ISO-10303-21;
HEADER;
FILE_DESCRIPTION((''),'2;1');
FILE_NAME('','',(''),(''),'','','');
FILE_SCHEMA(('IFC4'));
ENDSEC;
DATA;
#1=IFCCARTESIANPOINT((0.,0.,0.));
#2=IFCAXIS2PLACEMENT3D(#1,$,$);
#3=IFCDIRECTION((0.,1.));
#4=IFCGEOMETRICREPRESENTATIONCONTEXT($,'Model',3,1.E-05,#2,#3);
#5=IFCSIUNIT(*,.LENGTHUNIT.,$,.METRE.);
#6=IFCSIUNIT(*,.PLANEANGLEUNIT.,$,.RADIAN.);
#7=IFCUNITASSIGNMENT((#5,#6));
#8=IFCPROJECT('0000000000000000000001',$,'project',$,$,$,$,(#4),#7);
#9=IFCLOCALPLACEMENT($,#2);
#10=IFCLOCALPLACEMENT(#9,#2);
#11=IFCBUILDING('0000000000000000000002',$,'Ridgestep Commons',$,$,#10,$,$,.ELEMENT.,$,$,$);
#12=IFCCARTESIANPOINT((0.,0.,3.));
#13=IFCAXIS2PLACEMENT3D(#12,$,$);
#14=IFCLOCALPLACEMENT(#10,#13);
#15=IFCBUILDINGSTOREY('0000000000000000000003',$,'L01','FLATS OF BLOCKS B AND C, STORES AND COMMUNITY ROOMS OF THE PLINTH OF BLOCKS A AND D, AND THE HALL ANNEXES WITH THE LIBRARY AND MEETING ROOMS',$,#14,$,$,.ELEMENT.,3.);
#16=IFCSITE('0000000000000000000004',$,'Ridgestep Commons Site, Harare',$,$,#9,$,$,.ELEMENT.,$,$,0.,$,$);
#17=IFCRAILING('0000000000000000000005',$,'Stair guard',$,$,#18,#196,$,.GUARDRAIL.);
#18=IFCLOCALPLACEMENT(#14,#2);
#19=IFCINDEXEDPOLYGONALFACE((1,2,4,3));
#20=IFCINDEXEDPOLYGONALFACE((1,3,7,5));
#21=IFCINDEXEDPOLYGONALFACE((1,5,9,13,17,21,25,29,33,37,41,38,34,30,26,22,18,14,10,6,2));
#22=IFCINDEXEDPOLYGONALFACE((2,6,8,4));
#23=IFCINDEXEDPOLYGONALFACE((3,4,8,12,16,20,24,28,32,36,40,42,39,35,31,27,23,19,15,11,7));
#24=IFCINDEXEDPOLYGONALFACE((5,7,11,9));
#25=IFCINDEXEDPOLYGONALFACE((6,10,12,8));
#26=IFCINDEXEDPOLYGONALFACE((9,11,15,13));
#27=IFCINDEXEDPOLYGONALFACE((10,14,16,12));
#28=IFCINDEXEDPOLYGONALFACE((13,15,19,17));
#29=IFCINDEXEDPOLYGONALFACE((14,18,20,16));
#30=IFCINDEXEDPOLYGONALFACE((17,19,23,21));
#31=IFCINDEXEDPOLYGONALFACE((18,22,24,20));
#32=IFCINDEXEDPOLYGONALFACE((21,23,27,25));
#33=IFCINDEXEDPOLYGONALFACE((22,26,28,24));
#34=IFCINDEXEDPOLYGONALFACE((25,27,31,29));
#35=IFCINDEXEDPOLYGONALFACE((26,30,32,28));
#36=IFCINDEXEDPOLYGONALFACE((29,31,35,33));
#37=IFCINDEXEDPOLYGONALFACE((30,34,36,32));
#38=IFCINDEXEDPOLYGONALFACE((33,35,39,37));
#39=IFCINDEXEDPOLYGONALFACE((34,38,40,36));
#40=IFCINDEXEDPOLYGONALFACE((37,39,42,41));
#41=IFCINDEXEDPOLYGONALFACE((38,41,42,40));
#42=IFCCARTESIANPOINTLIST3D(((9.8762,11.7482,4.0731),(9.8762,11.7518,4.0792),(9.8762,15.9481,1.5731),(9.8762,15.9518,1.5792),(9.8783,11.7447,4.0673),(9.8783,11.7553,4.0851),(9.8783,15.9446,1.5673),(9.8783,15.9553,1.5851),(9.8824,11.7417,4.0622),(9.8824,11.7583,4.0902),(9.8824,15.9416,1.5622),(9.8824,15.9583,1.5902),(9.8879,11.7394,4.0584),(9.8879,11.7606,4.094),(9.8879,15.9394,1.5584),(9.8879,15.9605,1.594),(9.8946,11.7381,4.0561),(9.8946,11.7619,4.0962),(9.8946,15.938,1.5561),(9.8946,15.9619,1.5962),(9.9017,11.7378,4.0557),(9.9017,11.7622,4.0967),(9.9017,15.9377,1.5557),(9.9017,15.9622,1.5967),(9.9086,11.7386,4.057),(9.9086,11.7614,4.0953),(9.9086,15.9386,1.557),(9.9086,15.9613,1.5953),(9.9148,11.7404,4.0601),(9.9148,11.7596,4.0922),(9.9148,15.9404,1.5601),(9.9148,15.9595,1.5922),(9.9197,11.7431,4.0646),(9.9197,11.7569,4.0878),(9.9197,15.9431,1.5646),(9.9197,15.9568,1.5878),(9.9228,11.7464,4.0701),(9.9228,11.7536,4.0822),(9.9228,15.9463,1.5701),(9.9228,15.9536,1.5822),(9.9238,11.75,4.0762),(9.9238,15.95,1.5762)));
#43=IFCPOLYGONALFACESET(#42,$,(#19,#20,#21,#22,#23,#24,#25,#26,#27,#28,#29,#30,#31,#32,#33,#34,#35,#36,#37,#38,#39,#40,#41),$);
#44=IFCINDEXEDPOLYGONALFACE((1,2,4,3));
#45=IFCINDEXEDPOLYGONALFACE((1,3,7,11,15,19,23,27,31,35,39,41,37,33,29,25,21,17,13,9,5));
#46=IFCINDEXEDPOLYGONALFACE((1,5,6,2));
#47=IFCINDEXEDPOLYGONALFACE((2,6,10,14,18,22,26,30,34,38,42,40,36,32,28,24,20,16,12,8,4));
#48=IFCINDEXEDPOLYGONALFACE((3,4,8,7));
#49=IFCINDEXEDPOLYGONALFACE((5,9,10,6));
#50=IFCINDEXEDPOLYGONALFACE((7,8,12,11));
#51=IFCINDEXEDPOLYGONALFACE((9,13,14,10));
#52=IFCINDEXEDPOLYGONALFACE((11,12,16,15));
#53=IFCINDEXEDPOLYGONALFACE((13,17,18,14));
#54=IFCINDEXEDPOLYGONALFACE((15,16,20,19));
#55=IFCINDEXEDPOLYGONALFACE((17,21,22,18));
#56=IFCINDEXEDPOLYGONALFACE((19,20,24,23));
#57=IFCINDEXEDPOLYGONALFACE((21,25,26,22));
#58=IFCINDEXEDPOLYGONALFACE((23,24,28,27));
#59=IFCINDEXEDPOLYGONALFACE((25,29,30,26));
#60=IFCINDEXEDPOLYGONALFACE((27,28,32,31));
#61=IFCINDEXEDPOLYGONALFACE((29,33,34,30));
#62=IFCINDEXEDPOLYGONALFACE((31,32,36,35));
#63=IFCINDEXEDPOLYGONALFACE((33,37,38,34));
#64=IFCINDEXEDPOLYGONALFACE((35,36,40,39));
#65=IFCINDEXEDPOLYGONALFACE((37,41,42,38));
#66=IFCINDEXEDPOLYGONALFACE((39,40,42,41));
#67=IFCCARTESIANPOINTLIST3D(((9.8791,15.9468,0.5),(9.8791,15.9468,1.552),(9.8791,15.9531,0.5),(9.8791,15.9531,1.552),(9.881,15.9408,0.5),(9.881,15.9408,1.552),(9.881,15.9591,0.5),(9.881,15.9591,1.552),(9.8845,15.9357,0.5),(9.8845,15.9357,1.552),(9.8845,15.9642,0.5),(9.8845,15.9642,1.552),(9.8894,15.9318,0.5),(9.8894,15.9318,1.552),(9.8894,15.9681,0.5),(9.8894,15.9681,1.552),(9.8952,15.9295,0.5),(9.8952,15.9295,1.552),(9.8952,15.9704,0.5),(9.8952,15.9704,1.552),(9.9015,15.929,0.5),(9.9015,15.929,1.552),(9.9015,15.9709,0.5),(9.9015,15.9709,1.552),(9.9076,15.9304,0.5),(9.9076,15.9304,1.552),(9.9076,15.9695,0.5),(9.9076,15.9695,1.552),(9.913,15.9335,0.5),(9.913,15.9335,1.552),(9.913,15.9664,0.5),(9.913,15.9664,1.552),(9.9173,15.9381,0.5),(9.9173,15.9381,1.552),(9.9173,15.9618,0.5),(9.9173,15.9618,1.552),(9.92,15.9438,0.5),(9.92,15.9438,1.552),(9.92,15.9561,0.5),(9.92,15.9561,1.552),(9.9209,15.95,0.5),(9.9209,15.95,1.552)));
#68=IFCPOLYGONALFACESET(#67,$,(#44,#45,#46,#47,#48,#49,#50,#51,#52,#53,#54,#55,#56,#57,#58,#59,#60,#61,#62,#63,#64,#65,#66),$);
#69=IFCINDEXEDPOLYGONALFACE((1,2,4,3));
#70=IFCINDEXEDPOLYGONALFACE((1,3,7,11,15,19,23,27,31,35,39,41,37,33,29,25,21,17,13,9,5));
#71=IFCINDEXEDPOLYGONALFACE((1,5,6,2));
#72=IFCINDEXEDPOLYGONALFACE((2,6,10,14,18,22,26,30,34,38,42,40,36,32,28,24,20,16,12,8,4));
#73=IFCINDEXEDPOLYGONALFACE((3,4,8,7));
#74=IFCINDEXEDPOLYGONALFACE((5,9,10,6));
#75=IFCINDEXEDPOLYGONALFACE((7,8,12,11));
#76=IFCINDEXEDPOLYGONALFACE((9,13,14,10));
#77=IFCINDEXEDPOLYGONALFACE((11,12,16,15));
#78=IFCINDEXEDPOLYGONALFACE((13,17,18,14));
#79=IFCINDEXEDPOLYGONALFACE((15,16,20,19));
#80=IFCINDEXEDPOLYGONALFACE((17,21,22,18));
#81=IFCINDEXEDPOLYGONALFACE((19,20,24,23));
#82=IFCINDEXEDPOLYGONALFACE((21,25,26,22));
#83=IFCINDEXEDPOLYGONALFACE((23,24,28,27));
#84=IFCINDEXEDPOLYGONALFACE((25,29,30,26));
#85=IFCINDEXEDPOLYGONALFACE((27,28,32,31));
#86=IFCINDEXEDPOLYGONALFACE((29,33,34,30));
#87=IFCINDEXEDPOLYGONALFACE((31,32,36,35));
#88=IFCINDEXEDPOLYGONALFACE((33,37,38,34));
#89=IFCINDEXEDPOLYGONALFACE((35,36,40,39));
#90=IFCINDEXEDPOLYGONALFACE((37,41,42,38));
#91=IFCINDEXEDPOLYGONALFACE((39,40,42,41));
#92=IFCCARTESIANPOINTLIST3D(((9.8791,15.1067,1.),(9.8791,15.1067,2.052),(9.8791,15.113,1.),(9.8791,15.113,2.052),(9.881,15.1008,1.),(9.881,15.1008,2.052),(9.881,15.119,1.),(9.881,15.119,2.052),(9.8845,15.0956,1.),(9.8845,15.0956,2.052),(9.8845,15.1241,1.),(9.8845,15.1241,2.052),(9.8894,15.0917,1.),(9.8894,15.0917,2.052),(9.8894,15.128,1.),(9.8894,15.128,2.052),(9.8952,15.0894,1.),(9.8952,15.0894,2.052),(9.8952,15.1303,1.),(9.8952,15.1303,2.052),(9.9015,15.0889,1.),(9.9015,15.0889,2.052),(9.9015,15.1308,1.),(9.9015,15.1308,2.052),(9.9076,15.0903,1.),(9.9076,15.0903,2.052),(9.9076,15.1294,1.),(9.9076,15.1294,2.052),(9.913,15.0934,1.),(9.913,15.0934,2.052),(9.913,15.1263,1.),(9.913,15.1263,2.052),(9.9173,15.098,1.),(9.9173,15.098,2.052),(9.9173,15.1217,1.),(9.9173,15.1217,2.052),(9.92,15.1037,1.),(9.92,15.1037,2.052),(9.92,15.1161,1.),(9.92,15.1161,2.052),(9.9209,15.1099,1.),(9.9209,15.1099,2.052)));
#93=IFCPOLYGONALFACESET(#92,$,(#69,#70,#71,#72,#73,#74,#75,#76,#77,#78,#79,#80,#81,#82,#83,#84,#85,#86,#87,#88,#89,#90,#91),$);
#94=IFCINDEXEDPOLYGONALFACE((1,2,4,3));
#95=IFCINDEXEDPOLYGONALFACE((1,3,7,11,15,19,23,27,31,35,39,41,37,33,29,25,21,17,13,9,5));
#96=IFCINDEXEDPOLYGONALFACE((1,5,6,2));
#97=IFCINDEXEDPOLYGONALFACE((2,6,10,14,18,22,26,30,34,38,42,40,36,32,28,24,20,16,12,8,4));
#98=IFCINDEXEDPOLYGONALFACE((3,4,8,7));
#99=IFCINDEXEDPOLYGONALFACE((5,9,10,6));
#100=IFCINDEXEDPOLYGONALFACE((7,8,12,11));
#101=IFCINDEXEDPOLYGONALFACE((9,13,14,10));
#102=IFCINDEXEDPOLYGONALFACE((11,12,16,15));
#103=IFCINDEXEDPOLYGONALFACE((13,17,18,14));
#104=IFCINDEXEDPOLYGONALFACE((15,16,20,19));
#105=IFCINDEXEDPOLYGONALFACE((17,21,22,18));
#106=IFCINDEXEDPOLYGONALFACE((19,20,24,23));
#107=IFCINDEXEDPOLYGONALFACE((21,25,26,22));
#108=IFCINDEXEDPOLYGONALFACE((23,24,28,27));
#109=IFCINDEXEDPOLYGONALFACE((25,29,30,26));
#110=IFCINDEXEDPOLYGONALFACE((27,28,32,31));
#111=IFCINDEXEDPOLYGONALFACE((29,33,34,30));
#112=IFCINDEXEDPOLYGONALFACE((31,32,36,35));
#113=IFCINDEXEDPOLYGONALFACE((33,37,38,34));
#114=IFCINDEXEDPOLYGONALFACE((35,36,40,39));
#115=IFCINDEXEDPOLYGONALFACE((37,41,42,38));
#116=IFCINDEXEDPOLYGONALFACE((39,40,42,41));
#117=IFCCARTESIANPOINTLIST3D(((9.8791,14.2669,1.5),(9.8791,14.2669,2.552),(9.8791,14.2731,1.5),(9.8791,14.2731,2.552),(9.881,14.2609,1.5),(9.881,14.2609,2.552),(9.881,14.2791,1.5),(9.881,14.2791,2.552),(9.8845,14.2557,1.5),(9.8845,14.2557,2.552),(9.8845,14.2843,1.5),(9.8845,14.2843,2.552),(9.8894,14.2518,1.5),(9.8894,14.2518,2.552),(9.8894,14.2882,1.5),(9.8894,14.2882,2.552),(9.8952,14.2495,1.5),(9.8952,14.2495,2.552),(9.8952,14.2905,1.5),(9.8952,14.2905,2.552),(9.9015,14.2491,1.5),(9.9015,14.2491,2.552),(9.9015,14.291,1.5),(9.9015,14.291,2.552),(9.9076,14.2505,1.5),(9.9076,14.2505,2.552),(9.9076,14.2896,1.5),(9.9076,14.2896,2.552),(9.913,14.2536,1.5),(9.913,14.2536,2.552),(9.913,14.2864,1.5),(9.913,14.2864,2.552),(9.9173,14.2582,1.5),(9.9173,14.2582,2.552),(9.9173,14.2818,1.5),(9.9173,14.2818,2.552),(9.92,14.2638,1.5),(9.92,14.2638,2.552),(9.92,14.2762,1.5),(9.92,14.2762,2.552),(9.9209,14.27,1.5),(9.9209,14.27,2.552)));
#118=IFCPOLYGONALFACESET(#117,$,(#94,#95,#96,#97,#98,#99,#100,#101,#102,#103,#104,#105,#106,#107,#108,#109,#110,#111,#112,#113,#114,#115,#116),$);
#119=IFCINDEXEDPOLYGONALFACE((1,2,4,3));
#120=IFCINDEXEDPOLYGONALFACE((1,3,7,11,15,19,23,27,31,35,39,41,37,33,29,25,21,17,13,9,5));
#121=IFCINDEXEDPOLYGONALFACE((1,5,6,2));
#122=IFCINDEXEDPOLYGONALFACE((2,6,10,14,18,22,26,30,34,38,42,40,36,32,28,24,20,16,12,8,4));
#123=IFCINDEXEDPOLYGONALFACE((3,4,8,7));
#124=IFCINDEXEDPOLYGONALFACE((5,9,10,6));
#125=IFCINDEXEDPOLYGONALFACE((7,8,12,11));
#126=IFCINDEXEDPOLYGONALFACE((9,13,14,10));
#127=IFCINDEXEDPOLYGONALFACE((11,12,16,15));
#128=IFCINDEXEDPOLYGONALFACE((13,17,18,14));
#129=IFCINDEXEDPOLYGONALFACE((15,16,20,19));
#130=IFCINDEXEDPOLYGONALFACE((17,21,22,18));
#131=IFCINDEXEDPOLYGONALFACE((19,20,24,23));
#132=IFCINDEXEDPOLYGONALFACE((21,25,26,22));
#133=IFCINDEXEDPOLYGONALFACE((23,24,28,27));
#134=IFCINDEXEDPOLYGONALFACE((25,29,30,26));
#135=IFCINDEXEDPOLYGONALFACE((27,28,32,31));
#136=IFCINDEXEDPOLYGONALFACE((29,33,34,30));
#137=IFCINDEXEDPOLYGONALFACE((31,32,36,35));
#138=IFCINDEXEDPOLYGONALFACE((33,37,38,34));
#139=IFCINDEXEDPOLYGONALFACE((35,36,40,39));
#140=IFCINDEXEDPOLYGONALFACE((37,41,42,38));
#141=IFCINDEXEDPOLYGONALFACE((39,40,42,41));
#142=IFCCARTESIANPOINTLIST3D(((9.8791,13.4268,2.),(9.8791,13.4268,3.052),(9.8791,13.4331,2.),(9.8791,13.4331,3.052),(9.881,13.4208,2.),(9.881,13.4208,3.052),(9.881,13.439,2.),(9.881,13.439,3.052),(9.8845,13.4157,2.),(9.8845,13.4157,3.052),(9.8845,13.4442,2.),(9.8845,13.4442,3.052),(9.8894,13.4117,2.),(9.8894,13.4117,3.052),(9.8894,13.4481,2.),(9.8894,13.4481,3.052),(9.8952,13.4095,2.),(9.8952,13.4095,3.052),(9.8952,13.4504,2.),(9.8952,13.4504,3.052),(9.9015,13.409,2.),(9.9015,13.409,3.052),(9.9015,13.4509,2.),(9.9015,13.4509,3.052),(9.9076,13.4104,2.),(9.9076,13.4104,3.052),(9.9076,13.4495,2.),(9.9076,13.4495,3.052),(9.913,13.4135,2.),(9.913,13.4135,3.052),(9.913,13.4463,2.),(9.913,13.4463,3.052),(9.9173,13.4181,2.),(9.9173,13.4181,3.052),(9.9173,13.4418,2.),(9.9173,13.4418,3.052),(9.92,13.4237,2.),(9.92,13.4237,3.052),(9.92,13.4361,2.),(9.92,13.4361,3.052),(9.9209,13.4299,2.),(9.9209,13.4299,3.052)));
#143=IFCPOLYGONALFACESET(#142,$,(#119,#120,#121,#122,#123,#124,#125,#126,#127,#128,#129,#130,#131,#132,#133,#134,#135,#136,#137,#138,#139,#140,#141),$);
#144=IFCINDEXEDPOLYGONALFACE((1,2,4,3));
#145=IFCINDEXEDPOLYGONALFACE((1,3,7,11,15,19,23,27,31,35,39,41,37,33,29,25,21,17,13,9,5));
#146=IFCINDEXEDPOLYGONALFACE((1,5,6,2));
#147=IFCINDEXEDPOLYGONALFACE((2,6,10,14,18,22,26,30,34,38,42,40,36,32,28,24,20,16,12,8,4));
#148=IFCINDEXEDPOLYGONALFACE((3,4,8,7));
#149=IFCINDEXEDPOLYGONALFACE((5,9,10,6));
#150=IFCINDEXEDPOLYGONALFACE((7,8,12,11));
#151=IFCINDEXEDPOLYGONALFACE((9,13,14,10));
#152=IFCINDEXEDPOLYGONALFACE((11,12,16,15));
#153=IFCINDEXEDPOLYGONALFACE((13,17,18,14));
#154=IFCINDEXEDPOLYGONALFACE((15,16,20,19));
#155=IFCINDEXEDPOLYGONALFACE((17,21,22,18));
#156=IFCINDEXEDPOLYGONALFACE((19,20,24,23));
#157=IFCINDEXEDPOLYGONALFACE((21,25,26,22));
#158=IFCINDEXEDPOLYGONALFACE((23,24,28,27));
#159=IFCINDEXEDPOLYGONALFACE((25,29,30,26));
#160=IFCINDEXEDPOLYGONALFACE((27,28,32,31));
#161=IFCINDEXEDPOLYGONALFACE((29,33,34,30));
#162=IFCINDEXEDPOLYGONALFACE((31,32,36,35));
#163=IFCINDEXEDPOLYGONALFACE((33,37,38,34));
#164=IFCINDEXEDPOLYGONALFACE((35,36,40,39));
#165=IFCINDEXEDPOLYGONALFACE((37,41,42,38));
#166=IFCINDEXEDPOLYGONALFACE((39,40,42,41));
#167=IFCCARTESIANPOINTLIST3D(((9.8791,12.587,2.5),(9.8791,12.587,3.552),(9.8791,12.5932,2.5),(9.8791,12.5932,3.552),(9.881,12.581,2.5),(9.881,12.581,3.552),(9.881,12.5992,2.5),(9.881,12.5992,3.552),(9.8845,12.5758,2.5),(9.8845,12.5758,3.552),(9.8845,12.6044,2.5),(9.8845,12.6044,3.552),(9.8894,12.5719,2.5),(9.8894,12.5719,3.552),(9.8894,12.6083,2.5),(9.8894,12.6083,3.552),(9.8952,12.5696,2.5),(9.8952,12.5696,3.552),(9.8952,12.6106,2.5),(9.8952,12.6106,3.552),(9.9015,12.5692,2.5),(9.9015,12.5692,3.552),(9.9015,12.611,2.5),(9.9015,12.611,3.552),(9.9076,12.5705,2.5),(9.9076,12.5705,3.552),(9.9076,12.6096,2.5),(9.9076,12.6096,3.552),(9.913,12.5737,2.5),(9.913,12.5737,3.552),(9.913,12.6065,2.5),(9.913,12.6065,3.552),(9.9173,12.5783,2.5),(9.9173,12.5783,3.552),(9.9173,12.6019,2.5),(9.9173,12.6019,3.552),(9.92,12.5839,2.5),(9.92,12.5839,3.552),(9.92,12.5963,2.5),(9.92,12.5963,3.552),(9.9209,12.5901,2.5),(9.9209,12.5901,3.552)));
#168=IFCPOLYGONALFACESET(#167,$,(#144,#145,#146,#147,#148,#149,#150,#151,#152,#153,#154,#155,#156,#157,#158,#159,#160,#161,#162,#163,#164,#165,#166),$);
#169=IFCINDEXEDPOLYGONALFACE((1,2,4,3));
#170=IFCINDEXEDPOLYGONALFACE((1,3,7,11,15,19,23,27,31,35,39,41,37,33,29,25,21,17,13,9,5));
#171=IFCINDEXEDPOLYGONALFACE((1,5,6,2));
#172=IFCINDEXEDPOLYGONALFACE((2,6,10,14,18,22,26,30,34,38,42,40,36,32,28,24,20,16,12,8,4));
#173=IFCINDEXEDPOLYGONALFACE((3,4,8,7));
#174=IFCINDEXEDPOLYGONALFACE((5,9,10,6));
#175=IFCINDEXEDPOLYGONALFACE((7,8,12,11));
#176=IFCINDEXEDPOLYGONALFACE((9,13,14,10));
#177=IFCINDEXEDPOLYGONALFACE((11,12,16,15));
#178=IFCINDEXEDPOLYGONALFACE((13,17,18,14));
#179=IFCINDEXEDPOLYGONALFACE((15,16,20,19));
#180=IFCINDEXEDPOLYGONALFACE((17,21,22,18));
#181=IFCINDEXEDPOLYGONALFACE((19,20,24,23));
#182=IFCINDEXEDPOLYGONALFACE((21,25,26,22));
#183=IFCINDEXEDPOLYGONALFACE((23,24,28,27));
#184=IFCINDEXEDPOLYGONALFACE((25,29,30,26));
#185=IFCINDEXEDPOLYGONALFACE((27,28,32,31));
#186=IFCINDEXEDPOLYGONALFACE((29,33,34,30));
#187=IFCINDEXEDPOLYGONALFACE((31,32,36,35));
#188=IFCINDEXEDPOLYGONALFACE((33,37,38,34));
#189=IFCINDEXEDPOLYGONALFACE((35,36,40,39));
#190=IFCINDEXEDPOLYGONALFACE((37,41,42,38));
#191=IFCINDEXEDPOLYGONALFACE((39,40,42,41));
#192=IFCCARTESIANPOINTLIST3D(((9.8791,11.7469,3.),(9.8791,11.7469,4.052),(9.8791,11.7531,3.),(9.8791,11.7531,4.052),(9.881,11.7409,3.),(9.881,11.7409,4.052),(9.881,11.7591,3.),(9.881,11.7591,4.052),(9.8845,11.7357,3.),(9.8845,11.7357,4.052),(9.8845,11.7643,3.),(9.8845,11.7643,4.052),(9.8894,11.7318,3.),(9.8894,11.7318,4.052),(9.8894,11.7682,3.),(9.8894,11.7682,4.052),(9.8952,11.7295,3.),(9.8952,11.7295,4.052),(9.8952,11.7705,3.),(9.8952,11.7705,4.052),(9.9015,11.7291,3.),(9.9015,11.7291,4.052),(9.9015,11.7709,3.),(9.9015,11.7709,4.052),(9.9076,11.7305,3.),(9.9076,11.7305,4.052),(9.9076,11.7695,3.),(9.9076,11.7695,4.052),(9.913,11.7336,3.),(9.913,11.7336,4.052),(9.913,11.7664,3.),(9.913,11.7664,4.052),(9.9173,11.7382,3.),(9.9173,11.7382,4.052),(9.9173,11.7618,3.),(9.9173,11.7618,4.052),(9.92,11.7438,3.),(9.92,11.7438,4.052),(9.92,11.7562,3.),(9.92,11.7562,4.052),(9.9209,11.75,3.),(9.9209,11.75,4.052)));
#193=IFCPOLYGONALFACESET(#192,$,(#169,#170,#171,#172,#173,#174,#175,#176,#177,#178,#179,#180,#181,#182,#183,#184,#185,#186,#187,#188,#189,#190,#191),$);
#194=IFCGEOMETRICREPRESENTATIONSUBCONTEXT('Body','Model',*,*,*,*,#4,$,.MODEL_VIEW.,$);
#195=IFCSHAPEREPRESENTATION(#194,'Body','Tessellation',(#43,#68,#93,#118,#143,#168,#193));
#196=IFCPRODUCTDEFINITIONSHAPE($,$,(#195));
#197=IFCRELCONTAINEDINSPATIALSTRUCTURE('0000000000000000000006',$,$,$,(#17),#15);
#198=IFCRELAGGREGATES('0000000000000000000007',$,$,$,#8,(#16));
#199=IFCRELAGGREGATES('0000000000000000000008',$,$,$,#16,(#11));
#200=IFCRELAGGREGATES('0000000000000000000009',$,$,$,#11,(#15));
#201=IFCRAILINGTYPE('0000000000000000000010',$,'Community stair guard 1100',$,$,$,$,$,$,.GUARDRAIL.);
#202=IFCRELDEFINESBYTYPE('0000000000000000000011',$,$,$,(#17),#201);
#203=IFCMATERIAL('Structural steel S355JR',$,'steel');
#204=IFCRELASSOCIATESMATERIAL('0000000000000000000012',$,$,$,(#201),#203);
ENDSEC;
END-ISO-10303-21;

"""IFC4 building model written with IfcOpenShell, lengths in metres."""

from ifc_helpers import new_model, si_unit, direction, frame, origin, origin_2d, place, context, subcontext, project, spatial, circle, extrude, material, type_object, element, save


model = new_model("IFC4")

# Units and contexts
model_context = context("Model", 3, precision=1e-05, world=origin(), true_north=direction((0.0, 1.0)))
body_context = subcontext(model_context, "Body", "Model", "MODEL_VIEW")
ifc_project = project(units=[si_unit("LENGTHUNIT", "METRE"), si_unit("PLANEANGLEUNIT", "RADIAN")], contexts=[model_context])

# Site, building, storey
site_placement = place(None, origin())
site = spatial("IfcSite", under=ifc_project, at=site_placement, Name="Ridgestep Commons Site, Harare", CompositionType="ELEMENT", RefElevation=0.0)
building_placement = place(site_placement, origin())
building = spatial("IfcBuilding", under=site, at=building_placement, Name="Ridgestep Commons", CompositionType="ELEMENT")
storey_placement = place(building_placement, frame((0.0, 0.0, 3.0)))
storey = spatial("IfcBuildingStorey", under=building, at=storey_placement, Name="L01", Description="FLATS OF BLOCKS B AND C, STORES AND COMMUNITY ROOMS OF THE PLINTH OF BLOCKS A AND D, AND THE HALL ANNEXES WITH THE LIBRARY AND MEETING ROOMS", CompositionType="ELEMENT", Elevation=3.0)

# Railing
ifc_material_1 = material(Name="Structural steel S355JR", Category="steel")
railing_type_1 = type_object("IfcRailingType", Name="Community stair guard 1100", PredefinedType="GUARDRAIL", material=ifc_material_1)
for number, where, name in (
    (1, (9.8999, 15.95, 0.5), "Stair guard"),
):
    element("IfcRailing", number, at=place(storey_placement, frame(where)), inside=storey, type_object=railing_type_1, Name=name, PredefinedType="GUARDRAIL", context=body_context, shape_type="SweptSolid", body=[
        extrude(circle(Radius=0.0239, at=origin_2d()), frame((0.0, 0.0, 1.0762), z_axis=(0.0, -0.85929, 0.511488), x_axis=(1.0, 0.0, 0.0)), (0.0, 0.0, 1.0), 4.8877),
        extrude(circle(Radius=0.021, at=origin_2d()), origin(), (0.0, 0.0, 1.0), 1.052),
        extrude(circle(Radius=0.021, at=origin_2d()), frame((0.0, -0.8401, 0.5)), (0.0, 0.0, 1.0), 1.052),
        extrude(circle(Radius=0.021, at=origin_2d()), frame((0.0, -1.6799, 1.0)), (0.0, 0.0, 1.0), 1.052),
        extrude(circle(Radius=0.021, at=origin_2d()), frame((0.0, -2.52, 1.5)), (0.0, 0.0, 1.0), 1.052),
        extrude(circle(Radius=0.021, at=origin_2d()), frame((0.0, -3.3599, 2.0)), (0.0, 0.0, 1.0), 1.052),
        extrude(circle(Radius=0.021, at=origin_2d()), frame((0.0, -4.2, 2.5)), (0.0, 0.0, 1.0), 1.052),
    ])

save(model, "model.ifc")
